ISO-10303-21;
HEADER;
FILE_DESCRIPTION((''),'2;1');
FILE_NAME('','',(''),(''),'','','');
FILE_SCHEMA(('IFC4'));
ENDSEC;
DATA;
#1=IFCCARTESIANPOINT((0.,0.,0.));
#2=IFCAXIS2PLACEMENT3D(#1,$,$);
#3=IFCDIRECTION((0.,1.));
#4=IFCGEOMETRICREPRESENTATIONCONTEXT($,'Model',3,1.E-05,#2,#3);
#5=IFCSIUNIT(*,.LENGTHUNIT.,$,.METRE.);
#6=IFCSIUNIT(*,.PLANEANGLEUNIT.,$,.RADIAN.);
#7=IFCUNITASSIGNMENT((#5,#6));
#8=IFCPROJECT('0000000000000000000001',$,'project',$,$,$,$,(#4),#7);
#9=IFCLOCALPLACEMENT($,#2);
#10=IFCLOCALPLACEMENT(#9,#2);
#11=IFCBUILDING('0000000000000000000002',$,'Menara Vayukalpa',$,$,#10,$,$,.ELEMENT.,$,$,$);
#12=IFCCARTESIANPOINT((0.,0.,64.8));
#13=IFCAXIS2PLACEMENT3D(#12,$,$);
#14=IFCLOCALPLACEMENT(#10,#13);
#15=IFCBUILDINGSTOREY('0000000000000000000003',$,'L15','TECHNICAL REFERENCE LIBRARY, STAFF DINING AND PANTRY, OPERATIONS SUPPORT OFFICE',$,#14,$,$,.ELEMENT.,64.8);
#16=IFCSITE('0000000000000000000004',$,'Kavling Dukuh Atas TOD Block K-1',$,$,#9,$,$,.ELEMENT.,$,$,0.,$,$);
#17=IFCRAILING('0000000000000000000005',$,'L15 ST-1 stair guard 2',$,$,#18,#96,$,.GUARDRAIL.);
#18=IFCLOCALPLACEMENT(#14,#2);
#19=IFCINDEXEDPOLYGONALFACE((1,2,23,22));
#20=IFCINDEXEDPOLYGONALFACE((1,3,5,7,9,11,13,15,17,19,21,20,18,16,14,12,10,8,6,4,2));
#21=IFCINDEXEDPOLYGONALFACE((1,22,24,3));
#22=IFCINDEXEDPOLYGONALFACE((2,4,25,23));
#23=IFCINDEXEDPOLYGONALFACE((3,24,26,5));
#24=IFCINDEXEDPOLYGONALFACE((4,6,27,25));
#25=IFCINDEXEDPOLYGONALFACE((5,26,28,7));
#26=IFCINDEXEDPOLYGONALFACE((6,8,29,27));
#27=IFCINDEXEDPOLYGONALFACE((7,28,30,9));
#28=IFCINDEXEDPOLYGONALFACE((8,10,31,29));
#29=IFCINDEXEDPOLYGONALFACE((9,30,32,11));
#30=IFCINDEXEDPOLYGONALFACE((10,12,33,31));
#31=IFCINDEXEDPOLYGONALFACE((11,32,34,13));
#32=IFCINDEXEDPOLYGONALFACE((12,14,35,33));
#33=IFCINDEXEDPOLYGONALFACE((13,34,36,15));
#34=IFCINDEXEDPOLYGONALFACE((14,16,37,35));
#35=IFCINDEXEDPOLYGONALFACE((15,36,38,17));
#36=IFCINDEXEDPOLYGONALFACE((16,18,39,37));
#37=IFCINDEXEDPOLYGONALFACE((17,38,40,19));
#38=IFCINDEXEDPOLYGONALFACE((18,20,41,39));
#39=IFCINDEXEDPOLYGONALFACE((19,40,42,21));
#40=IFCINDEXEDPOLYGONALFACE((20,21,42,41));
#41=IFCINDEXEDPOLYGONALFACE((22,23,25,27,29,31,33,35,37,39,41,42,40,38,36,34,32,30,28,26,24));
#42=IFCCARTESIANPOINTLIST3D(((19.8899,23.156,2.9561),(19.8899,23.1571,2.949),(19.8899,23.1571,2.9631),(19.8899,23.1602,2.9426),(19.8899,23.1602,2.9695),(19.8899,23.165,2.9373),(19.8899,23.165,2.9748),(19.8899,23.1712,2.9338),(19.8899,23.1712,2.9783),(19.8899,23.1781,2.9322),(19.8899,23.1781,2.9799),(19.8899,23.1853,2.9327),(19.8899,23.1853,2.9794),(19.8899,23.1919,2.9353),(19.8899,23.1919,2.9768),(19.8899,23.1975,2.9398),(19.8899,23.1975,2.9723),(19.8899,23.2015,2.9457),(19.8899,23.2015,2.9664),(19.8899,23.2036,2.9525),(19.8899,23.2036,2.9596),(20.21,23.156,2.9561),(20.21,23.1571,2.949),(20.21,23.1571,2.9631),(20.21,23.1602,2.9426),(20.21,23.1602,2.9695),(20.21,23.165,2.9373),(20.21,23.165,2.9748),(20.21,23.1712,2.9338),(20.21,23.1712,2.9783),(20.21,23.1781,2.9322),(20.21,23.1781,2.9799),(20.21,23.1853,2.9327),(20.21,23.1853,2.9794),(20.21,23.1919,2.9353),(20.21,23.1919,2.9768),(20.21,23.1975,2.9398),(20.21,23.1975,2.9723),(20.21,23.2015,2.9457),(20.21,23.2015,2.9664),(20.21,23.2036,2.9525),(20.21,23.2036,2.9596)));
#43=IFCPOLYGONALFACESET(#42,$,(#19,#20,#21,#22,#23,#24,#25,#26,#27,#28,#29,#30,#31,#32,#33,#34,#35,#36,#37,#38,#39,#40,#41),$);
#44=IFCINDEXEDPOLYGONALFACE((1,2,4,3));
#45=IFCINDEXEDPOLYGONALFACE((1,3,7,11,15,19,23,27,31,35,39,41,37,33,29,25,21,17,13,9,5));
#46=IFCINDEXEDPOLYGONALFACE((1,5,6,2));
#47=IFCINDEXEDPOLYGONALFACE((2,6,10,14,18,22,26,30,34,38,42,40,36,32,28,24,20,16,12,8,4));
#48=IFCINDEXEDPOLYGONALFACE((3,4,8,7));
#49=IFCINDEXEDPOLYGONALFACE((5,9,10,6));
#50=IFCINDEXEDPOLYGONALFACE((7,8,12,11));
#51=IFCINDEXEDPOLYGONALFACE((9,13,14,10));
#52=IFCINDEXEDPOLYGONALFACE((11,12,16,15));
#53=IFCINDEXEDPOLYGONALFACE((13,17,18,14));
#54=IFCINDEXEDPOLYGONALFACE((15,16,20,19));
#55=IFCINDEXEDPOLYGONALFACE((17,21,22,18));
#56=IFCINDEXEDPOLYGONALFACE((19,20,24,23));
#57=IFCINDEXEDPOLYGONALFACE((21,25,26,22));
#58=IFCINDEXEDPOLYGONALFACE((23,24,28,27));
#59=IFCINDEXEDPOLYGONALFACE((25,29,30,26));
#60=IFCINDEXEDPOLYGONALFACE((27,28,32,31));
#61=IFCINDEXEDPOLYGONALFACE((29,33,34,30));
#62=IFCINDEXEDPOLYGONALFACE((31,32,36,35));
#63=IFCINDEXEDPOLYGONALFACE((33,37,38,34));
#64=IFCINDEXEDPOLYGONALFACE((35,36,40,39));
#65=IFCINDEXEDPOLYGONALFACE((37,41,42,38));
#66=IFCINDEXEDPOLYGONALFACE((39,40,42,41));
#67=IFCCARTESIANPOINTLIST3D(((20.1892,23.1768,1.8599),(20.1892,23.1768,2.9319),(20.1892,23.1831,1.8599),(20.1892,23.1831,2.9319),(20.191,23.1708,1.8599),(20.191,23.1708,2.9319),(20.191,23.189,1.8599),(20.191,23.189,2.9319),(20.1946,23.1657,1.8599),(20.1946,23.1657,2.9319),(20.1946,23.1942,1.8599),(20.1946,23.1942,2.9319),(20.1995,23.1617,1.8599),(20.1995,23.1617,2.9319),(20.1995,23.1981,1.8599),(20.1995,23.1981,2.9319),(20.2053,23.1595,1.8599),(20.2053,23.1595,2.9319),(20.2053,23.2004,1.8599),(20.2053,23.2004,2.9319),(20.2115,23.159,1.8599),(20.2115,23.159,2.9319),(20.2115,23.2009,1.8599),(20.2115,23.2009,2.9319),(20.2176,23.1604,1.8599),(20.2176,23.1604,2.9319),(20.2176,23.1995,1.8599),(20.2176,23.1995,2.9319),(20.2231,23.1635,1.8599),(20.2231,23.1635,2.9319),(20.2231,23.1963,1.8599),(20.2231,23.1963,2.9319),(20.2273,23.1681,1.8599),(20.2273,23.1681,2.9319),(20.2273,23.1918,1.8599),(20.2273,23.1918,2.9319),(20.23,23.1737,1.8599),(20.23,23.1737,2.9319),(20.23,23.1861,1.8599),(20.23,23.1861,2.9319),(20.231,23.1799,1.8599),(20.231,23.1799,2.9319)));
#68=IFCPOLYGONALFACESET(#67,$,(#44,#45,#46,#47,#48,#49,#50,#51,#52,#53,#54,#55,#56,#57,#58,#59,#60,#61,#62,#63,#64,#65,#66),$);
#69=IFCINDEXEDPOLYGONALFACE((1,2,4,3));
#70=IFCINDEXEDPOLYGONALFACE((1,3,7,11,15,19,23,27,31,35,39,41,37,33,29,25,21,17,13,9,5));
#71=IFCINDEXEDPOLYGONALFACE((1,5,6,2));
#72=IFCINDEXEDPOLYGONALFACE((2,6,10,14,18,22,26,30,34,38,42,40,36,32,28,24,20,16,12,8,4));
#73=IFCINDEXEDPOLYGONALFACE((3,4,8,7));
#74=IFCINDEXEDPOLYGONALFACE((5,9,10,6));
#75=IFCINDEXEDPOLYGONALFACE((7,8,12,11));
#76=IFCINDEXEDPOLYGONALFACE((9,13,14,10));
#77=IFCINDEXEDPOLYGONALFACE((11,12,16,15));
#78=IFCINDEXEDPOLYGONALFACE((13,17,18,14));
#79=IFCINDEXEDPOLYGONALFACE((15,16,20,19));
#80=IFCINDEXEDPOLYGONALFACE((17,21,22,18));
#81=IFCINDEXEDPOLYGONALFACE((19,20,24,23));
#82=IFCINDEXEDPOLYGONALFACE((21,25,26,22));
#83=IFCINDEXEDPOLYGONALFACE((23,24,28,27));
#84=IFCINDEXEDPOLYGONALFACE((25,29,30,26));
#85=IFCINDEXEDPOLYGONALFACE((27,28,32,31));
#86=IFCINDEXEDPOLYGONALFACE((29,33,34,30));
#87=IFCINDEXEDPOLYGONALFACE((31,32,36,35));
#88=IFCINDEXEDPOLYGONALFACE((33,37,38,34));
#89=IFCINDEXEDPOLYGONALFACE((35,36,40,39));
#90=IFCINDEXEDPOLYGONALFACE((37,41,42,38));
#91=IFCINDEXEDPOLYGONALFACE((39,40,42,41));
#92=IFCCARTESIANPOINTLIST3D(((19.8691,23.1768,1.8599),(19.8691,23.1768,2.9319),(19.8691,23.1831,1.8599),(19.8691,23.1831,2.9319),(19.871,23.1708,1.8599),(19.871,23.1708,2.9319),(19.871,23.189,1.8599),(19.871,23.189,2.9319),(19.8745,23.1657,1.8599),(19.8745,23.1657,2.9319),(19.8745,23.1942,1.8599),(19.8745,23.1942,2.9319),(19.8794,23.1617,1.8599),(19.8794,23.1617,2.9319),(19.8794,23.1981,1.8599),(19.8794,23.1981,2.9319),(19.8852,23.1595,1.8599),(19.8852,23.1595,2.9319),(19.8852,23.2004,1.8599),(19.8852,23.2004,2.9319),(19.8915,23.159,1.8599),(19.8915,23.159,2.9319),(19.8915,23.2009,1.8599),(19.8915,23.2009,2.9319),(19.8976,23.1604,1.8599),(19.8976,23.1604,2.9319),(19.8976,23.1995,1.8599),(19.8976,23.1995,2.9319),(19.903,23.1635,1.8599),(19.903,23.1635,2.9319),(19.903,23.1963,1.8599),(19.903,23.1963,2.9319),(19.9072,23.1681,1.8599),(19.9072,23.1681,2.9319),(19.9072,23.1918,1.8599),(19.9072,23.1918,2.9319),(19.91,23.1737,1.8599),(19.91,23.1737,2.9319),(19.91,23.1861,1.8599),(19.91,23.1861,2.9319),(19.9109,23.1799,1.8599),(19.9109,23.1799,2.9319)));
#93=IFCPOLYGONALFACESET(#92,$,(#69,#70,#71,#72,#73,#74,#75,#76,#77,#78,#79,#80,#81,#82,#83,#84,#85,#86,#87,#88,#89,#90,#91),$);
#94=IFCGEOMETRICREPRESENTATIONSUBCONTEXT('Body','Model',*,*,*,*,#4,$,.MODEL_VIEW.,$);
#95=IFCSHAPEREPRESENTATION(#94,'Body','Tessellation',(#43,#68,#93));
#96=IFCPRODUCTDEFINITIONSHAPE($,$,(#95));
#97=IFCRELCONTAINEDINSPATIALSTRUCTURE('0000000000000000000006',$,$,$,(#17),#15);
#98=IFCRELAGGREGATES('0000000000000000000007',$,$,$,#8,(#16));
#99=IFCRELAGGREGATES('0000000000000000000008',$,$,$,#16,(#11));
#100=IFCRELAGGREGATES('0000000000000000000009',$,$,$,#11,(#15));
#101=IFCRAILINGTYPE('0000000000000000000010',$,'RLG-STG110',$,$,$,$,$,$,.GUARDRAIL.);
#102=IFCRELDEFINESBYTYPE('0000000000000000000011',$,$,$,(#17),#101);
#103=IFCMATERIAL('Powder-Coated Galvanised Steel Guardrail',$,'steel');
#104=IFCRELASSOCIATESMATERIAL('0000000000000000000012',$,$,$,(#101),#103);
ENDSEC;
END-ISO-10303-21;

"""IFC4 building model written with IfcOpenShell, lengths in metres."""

from ifc_helpers import new_model, si_unit, direction, frame, origin, origin_2d, place, context, subcontext, project, spatial, circle, extrude, material, type_object, element, save


model = new_model("IFC4")

# Units and contexts
model_context = context("Model", 3, precision=1e-05, world=origin(), true_north=direction((0.0, 1.0)))
body_context = subcontext(model_context, "Body", "Model", "MODEL_VIEW")
ifc_project = project(units=[si_unit("LENGTHUNIT", "METRE"), si_unit("PLANEANGLEUNIT", "RADIAN")], contexts=[model_context])

# Site, building, storey
site_placement = place(None, origin())
site = spatial("IfcSite", under=ifc_project, at=site_placement, Name="Kavling Dukuh Atas TOD Block K-1", CompositionType="ELEMENT", RefElevation=0.0)
building_placement = place(site_placement, origin())
building = spatial("IfcBuilding", under=site, at=building_placement, Name="Menara Vayukalpa", CompositionType="ELEMENT")
storey_placement = place(building_placement, frame((0.0, 0.0, 64.8)))
storey = spatial("IfcBuildingStorey", under=building, at=storey_placement, Name="L15", Description="TECHNICAL REFERENCE LIBRARY, STAFF DINING AND PANTRY, OPERATIONS SUPPORT OFFICE", CompositionType="ELEMENT", Elevation=64.8)

# Railing
ifc_material_1 = material(Name="Powder-Coated Galvanised Steel Guardrail", Category="steel")
railing_type_1 = type_object("IfcRailingType", Name="RLG-STG110", PredefinedType="GUARDRAIL", material=ifc_material_1)
railing_1_placement = place(storey_placement, frame((20.21, 23.1799, 1.8599)))
element("IfcRailing", 1, at=railing_1_placement, inside=storey, type_object=railing_type_1, Name="L15 ST-1 stair guard 2", PredefinedType="GUARDRAIL", context=body_context, shape_type="SweptSolid", body=[
    extrude(circle(Radius=0.0239, at=origin_2d()), frame((0.0, 0.0, 1.0962), z_axis=(-1.0, 0.0, 0.0), x_axis=(0.0, -1.0, 0.0)), (0.0, 0.0, 1.0), 0.3201),
    extrude(circle(Radius=0.021, at=origin_2d()), origin(), (0.0, 0.0, 1.0), 1.072),
    extrude(circle(Radius=0.021, at=origin_2d()), frame((-0.3201, 0.0, 0.0)), (0.0, 0.0, 1.0), 1.072),
])

save(model, "model.ifc")
